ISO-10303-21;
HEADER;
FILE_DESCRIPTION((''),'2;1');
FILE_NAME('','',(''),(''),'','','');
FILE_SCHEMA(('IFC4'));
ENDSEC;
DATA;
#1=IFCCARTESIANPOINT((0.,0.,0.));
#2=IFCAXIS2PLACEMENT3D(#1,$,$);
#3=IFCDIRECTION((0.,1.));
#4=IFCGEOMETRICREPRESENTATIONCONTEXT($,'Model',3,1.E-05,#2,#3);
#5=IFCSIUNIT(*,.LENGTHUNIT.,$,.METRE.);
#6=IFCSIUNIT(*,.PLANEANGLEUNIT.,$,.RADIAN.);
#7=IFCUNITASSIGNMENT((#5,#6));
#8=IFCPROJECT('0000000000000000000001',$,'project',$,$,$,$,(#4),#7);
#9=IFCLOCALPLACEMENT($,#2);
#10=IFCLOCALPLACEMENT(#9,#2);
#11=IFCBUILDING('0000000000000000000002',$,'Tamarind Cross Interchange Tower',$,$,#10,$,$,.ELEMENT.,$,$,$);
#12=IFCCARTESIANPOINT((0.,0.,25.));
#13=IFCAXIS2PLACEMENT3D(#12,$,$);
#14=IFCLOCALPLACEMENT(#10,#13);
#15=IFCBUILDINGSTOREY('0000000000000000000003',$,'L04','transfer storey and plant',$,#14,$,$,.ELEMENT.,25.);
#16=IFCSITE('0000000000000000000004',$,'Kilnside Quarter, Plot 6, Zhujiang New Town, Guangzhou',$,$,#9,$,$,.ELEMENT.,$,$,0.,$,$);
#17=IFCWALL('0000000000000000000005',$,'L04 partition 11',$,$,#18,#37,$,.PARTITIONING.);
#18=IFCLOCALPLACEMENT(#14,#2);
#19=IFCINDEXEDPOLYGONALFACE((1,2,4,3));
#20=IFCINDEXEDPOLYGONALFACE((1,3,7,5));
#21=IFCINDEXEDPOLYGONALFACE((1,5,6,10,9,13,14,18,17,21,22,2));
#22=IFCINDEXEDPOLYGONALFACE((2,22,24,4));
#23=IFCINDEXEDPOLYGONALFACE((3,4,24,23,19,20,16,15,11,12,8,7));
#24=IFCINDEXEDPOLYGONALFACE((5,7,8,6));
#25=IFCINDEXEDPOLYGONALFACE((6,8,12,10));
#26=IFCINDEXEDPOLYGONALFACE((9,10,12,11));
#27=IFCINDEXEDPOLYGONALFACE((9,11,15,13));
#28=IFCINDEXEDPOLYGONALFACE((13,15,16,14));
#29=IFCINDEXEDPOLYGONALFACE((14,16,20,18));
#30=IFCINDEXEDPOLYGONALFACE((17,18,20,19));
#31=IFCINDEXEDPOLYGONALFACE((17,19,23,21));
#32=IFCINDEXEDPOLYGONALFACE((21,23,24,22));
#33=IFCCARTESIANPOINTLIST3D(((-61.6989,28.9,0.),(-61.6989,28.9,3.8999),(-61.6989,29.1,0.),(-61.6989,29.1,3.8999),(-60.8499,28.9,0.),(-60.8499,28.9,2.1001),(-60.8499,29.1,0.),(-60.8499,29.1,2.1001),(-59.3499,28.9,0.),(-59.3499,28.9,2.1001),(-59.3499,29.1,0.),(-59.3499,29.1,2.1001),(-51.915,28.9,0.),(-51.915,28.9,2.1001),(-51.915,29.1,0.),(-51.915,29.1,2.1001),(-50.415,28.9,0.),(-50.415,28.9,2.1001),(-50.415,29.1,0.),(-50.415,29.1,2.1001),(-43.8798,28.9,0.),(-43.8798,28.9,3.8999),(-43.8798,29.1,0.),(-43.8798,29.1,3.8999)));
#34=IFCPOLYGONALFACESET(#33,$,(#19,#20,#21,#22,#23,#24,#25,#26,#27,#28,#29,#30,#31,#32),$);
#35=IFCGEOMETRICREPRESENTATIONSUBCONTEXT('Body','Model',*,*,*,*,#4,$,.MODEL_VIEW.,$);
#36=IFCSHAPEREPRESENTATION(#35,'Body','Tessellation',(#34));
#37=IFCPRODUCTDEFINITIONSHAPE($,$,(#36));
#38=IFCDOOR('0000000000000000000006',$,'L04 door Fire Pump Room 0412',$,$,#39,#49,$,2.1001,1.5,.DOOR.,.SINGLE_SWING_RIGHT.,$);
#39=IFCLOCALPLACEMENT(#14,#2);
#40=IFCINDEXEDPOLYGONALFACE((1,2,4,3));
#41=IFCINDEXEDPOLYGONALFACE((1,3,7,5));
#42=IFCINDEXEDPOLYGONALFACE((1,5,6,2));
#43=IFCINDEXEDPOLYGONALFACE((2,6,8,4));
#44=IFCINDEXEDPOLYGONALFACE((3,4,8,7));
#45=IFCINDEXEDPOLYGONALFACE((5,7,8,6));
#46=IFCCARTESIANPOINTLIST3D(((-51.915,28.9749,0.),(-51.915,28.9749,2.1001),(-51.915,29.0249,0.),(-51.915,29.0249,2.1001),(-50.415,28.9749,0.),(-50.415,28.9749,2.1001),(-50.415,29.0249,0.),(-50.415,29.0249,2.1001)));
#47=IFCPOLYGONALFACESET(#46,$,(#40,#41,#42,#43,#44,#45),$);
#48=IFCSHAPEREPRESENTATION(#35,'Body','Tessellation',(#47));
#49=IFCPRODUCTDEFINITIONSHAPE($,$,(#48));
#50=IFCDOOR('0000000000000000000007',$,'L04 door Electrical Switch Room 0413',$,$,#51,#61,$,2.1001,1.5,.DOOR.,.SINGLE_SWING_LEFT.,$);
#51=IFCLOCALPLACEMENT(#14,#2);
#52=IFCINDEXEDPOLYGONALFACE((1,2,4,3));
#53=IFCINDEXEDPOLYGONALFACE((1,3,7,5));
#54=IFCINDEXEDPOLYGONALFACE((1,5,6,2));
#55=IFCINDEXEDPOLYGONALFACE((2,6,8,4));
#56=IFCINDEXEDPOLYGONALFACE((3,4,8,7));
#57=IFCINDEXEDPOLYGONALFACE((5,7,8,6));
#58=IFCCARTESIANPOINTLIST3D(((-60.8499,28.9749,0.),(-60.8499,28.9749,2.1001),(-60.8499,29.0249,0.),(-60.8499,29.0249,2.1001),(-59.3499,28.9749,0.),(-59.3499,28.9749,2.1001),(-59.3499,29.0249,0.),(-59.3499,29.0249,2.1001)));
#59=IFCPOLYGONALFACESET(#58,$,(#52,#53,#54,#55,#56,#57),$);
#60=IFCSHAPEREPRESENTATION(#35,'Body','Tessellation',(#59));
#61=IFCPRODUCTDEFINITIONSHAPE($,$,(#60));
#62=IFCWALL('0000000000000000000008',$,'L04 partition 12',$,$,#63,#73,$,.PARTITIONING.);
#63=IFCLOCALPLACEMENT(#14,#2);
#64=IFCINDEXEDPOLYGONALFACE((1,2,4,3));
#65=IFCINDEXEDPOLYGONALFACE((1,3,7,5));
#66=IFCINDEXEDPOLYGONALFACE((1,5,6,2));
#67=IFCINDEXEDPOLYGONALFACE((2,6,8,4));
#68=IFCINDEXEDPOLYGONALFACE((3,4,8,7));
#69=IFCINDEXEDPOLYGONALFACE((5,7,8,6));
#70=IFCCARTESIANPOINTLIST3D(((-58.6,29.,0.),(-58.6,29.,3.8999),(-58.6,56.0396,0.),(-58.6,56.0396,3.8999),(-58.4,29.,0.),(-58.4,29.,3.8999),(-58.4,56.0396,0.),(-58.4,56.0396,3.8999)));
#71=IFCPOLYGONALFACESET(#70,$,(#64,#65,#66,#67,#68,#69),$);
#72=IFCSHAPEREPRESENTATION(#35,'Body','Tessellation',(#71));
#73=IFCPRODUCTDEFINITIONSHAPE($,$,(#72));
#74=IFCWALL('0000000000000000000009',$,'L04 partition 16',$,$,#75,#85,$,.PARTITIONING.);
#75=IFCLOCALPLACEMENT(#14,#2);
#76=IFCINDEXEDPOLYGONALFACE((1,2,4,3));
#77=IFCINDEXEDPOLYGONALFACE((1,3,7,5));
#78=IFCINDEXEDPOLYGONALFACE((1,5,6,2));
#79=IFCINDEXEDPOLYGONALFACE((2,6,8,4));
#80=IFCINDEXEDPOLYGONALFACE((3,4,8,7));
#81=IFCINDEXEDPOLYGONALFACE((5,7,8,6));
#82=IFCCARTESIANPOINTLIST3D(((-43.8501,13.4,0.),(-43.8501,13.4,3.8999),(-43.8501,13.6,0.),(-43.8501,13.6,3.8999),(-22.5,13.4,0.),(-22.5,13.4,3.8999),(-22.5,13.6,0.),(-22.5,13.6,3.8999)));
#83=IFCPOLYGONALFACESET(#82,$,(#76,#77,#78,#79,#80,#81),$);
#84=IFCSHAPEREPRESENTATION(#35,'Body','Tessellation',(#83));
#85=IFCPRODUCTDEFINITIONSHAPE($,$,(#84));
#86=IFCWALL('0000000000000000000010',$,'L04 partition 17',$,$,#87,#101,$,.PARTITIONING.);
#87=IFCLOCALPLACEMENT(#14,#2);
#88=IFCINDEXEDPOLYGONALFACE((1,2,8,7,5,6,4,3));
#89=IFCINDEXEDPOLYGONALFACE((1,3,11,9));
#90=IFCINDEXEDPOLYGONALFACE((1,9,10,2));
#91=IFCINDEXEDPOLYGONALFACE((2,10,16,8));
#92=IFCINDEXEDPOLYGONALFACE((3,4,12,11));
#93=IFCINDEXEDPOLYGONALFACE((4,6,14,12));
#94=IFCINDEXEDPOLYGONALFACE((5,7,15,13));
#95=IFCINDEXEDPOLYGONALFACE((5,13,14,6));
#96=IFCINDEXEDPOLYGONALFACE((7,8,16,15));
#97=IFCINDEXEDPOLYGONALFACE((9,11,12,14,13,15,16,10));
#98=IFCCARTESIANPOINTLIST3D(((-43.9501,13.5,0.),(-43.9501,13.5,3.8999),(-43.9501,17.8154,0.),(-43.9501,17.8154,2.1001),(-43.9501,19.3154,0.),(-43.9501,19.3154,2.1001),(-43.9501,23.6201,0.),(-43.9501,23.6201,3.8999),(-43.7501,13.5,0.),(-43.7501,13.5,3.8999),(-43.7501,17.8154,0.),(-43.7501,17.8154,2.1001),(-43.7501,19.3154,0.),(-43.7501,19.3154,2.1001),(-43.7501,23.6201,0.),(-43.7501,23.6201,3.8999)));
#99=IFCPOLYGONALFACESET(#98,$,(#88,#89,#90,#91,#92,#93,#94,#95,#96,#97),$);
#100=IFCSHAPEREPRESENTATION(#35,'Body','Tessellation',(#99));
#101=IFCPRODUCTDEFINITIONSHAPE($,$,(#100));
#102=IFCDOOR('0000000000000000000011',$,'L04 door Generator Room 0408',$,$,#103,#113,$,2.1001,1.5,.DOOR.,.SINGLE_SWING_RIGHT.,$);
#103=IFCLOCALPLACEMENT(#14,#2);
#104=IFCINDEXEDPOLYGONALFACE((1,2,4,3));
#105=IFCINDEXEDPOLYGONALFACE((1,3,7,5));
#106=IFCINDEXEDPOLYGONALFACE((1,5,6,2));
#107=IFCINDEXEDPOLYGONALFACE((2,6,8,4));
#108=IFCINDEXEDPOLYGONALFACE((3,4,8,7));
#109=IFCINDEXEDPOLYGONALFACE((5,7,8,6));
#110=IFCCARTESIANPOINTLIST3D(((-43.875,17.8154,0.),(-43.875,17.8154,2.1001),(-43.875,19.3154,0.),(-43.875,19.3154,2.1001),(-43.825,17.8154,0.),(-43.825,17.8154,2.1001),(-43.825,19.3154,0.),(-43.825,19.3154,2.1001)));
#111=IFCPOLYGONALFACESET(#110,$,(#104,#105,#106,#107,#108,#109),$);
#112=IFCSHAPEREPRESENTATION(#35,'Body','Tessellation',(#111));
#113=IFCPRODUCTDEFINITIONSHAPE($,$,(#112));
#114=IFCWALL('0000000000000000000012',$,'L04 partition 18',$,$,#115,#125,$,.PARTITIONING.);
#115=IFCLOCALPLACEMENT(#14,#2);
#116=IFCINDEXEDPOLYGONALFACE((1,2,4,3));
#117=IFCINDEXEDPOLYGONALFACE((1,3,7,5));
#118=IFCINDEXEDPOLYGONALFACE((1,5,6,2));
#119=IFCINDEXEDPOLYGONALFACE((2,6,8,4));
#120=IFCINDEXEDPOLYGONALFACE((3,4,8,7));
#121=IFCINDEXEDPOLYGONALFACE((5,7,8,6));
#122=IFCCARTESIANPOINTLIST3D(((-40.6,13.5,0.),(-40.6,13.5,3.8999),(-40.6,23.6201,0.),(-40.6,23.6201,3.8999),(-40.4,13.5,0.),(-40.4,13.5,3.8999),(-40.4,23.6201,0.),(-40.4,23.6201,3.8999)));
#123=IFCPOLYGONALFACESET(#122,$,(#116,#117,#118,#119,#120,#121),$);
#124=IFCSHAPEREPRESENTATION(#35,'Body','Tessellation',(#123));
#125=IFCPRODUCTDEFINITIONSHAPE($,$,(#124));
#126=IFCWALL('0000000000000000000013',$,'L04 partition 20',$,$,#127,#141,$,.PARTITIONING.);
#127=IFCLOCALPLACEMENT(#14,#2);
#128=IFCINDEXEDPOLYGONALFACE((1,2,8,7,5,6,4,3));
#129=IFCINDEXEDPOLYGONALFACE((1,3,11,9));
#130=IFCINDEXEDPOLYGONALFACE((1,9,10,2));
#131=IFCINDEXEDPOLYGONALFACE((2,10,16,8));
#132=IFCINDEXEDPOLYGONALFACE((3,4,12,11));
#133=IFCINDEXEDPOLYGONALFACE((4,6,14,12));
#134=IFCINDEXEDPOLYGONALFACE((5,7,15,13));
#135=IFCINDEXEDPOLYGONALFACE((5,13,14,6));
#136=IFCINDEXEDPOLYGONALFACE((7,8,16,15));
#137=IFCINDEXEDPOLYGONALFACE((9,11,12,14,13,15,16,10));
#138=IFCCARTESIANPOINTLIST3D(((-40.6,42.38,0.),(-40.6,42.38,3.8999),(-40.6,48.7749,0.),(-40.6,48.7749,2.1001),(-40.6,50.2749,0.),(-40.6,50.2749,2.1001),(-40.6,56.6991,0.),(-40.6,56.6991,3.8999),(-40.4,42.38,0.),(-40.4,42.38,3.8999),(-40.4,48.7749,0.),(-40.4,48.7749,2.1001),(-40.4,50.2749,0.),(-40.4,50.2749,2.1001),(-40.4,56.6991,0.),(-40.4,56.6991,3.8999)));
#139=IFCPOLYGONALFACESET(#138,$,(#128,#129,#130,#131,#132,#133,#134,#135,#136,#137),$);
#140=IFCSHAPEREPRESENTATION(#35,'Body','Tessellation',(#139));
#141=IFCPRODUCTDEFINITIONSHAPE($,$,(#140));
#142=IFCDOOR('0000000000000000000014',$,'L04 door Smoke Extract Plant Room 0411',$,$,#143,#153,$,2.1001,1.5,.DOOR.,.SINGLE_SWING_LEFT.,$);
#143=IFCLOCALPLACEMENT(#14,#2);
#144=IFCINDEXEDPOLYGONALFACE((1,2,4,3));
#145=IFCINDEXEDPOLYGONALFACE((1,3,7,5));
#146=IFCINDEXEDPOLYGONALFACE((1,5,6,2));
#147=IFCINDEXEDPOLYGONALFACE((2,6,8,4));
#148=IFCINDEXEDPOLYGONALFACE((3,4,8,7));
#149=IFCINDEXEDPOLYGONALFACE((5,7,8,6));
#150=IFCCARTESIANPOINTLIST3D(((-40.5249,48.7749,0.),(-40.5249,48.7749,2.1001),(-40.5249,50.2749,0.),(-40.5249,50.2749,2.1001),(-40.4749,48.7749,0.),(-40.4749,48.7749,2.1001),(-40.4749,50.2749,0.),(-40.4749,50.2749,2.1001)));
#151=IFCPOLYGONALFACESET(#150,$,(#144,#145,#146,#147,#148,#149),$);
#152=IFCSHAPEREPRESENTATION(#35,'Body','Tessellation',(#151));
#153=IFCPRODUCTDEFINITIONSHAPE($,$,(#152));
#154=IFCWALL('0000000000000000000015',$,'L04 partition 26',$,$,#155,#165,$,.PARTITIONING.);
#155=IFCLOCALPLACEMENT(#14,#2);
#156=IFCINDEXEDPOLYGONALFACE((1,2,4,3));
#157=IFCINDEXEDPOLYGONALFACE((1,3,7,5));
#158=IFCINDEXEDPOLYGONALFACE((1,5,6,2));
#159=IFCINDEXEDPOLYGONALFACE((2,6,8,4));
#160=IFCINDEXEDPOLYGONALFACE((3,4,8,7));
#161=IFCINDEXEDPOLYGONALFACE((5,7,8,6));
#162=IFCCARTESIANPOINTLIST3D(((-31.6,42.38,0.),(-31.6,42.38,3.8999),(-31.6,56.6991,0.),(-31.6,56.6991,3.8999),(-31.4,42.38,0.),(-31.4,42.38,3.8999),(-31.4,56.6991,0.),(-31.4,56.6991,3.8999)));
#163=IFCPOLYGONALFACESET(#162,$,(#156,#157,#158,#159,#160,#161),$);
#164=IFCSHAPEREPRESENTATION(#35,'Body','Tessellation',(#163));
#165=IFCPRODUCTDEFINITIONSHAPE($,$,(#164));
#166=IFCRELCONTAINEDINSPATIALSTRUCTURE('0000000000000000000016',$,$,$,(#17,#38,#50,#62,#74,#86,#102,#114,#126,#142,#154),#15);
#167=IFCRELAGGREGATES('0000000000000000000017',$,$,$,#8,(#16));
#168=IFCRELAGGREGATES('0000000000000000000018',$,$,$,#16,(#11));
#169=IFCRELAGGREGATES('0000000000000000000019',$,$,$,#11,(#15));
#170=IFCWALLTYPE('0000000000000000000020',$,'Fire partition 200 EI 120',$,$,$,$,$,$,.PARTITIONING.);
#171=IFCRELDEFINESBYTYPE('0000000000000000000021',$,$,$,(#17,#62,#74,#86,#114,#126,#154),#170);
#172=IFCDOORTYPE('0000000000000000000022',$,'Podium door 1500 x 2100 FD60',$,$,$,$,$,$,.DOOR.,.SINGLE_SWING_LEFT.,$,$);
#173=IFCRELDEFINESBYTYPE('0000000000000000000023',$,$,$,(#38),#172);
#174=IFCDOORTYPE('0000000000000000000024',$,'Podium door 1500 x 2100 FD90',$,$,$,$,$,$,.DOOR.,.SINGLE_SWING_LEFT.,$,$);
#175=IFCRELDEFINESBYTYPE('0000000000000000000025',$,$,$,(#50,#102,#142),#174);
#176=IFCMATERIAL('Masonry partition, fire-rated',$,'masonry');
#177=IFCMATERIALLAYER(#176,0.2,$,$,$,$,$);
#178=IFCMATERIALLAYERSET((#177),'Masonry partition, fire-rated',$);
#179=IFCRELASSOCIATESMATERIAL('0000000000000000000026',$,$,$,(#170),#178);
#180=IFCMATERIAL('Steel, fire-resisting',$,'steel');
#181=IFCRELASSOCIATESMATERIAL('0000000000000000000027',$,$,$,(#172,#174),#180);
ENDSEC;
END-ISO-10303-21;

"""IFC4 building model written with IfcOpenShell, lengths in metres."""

from ifc_helpers import new_model, si_unit, direction, frame, frame_2d, origin, place, context, subcontext, project, spatial, rectangle, extrude, material, layer, layer_set, type_object, element, fill, save


model = new_model("IFC4")

# Units and contexts
model_context = context("Model", 3, precision=1e-05, world=origin(), true_north=direction((0.0, 1.0)))
body_context = subcontext(model_context, "Body", "Model", "MODEL_VIEW")
ifc_project = project(units=[si_unit("LENGTHUNIT", "METRE"), si_unit("PLANEANGLEUNIT", "RADIAN")], contexts=[model_context])

# Site, building, storey
site_placement = place(None, origin())
site = spatial("IfcSite", under=ifc_project, at=site_placement, Name="Kilnside Quarter, Plot 6, Zhujiang New Town, Guangzhou", CompositionType="ELEMENT", RefElevation=0.0)
building_placement = place(site_placement, origin())
building = spatial("IfcBuilding", under=site, at=building_placement, Name="Tamarind Cross Interchange Tower", CompositionType="ELEMENT")
storey_placement = place(building_placement, frame((0.0, 0.0, 25.0)))
storey = spatial("IfcBuildingStorey", under=building, at=storey_placement, Name="L04", Description="transfer storey and plant", CompositionType="ELEMENT", Elevation=25.0)

# Shared definitions
ifc_material_1 = material(Name="Masonry partition, fire-rated", Category="masonry")
ifc_layer_1 = layer(ifc_material_1, 0.2)
ifc_layer_set_1 = layer_set([ifc_layer_1], Name="Masonry partition, fire-rated")
wall_type_1 = type_object("IfcWallType", Name="Fire partition 200 EI 120", PredefinedType="PARTITIONING", material=ifc_layer_set_1)

# Wall, openings, doors
wall_1_placement = place(storey_placement, frame((-61.699, 29.0, 0.0), z_axis=(0.0, 0.0, 1.0), x_axis=(1.0, 0.0, 0.0)))
wall_1 = element("IfcWall", 1, at=wall_1_placement, inside=storey, type_object=wall_type_1, Name="L04 partition 11", PredefinedType="PARTITIONING", context=body_context, shape_type="SweptSolid", body=[
    extrude(rectangle(XDim=17.8191, YDim=0.2, at=frame_2d((8.9097, 0.0))), origin(), (0.0, 0.0, 1.0), 3.8999),
])
opening_1_placement = place(wall_1_placement, frame((9.7839, 0.0, 0.0)))
opening_1 = element("IfcOpeningElement", 2, at=opening_1_placement, cuts=wall_1, PredefinedType="OPENING", context=body_context, shape_type="SweptSolid", body=[
    extrude(rectangle(XDim=1.5, YDim=2.1001, at=frame_2d((0.75, 1.05))), frame((0.0, 0.1099, 0.0), z_axis=(0.0, -1.0, 0.0), x_axis=(1.0, 0.0, 0.0)), (0.0, 0.0, 1.0), 0.22),
])
opening_2_placement = place(wall_1_placement, frame((0.8491, 0.0, 0.0)))
opening_2 = element("IfcOpeningElement", 3, at=opening_2_placement, cuts=wall_1, PredefinedType="OPENING", context=body_context, shape_type="SweptSolid", body=[
    extrude(rectangle(XDim=1.5, YDim=2.1001, at=frame_2d((0.75, 1.05))), frame((0.0, 0.1099, 0.0), z_axis=(0.0, -1.0, 0.0), x_axis=(1.0, 0.0, 0.0)), (0.0, 0.0, 1.0), 0.22),
])
ifc_material_2 = material(Name="Steel, fire-resisting", Category="steel")
door_type_1 = type_object("IfcDoorType", Name="Podium door 1500 x 2100 FD60", OperationType="SINGLE_SWING_LEFT", PredefinedType="DOOR", material=ifc_material_2)
door_1_placement = place(opening_1_placement, origin())
door_1 = element("IfcDoor", 4, at=door_1_placement, inside=storey, type_object=door_type_1, Name="L04 door Fire Pump Room 0412", OperationType="SINGLE_SWING_RIGHT", OverallHeight=2.1001, OverallWidth=1.5, PredefinedType="DOOR", context=body_context, shape_type="SweptSolid", body=[
    extrude(rectangle(XDim=1.5, YDim=2.1001, at=frame_2d((0.75, 1.05))), frame((0.0, 0.0249, 0.0), z_axis=(0.0, -1.0, 0.0), x_axis=(1.0, 0.0, 0.0)), (0.0, 0.0, 1.0), 0.05),
])
fill(opening_1, door_1)
door_type_2 = type_object("IfcDoorType", Name="Podium door 1500 x 2100 FD90", OperationType="SINGLE_SWING_LEFT", PredefinedType="DOOR", material=ifc_material_2)
door_2_placement = place(opening_2_placement, origin())
door_2 = element("IfcDoor", 5, at=door_2_placement, inside=storey, type_object=door_type_2, Name="L04 door Electrical Switch Room 0413", OperationType="SINGLE_SWING_LEFT", OverallHeight=2.1001, OverallWidth=1.5, PredefinedType="DOOR", context=body_context, shape_type="SweptSolid", body=[
    extrude(rectangle(XDim=1.5, YDim=2.1001, at=frame_2d((0.75, 1.05))), frame((0.0, 0.0249, 0.0), z_axis=(0.0, -1.0, 0.0), x_axis=(1.0, 0.0, 0.0)), (0.0, 0.0, 1.0), 0.05),
])
fill(opening_2, door_2)

# Walls
wall_2_placement = place(storey_placement, frame((-58.5, 29.0, 0.0), z_axis=(0.0, 0.0, 1.0), x_axis=(0.0, 1.0, 0.0)))
element("IfcWall", 6, at=wall_2_placement, inside=storey, type_object=wall_type_1, Name="L04 partition 12", PredefinedType="PARTITIONING", context=body_context, shape_type="SweptSolid", body=[
    extrude(rectangle(XDim=27.0396, YDim=0.2, at=frame_2d((13.5198, 0.0))), origin(), (0.0, 0.0, 1.0), 3.8999),
])
wall_3_placement = place(storey_placement, frame((-43.8501, 13.5, 0.0), z_axis=(0.0, 0.0, 1.0), x_axis=(1.0, 0.0, 0.0)))
element("IfcWall", 7, at=wall_3_placement, inside=storey, type_object=wall_type_1, Name="L04 partition 16", PredefinedType="PARTITIONING", context=body_context, shape_type="SweptSolid", body=[
    extrude(rectangle(XDim=21.3501, YDim=0.2, at=frame_2d((10.675, 0.0))), origin(), (0.0, 0.0, 1.0), 3.8999),
])

# Wall, opening, door
wall_4_placement = place(storey_placement, frame((-43.8501, 13.5, 0.0), z_axis=(0.0, 0.0, 1.0), x_axis=(0.0, 1.0, 0.0)))
wall_4 = element("IfcWall", 8, at=wall_4_placement, inside=storey, type_object=wall_type_1, Name="L04 partition 17", PredefinedType="PARTITIONING", context=body_context, shape_type="SweptSolid", body=[
    extrude(rectangle(XDim=10.1201, YDim=0.2, at=frame_2d((5.0601, 0.0))), origin(), (0.0, 0.0, 1.0), 3.8999),
])
opening_3_placement = place(wall_4_placement, frame((4.3154, 0.0, 0.0)))
opening_3 = element("IfcOpeningElement", 9, at=opening_3_placement, cuts=wall_4, PredefinedType="OPENING", context=body_context, shape_type="SweptSolid", body=[
    extrude(rectangle(XDim=1.5, YDim=2.1001, at=frame_2d((0.75, 1.05))), frame((0.0, 0.1099, 0.0), z_axis=(0.0, -1.0, 0.0), x_axis=(1.0, 0.0, 0.0)), (0.0, 0.0, 1.0), 0.22),
])
door_3_placement = place(opening_3_placement, origin())
door_3 = element("IfcDoor", 10, at=door_3_placement, inside=storey, type_object=door_type_2, Name="L04 door Generator Room 0408", OperationType="SINGLE_SWING_RIGHT", OverallHeight=2.1001, OverallWidth=1.5, PredefinedType="DOOR", context=body_context, shape_type="SweptSolid", body=[
    extrude(rectangle(XDim=1.5, YDim=2.1001, at=frame_2d((0.75, 1.05))), frame((0.0, 0.0249, 0.0), z_axis=(0.0, -1.0, 0.0), x_axis=(1.0, 0.0, 0.0)), (0.0, 0.0, 1.0), 0.05),
])
fill(opening_3, door_3)

# Wall
wall_5_placement = place(storey_placement, frame((-40.5, 13.5, 0.0), z_axis=(0.0, 0.0, 1.0), x_axis=(0.0, 1.0, 0.0)))
element("IfcWall", 11, at=wall_5_placement, inside=storey, type_object=wall_type_1, Name="L04 partition 18", PredefinedType="PARTITIONING", context=body_context, shape_type="SweptSolid", body=[
    extrude(rectangle(XDim=10.1201, YDim=0.2, at=frame_2d((5.0601, 0.0))), origin(), (0.0, 0.0, 1.0), 3.8999),
])

# Wall, opening, door
wall_6_placement = place(storey_placement, frame((-40.5, 42.3799, 0.0), z_axis=(0.0, 0.0, 1.0), x_axis=(0.0, 1.0, 0.0)))
wall_6 = element("IfcWall", 12, at=wall_6_placement, inside=storey, type_object=wall_type_1, Name="L04 partition 20", PredefinedType="PARTITIONING", context=body_context, shape_type="SweptSolid", body=[
    extrude(rectangle(XDim=14.3191, YDim=0.2, at=frame_2d((7.1597, 0.0))), origin(), (0.0, 0.0, 1.0), 3.8999),
])
opening_4_placement = place(wall_6_placement, frame((6.395, 0.0, 0.0)))
opening_4 = element("IfcOpeningElement", 13, at=opening_4_placement, cuts=wall_6, PredefinedType="OPENING", context=body_context, shape_type="SweptSolid", body=[
    extrude(rectangle(XDim=1.5, YDim=2.1001, at=frame_2d((0.75, 1.05))), frame((0.0, 0.1099, 0.0), z_axis=(0.0, -1.0, 0.0), x_axis=(1.0, 0.0, 0.0)), (0.0, 0.0, 1.0), 0.22),
])
door_4_placement = place(opening_4_placement, origin())
door_4 = element("IfcDoor", 14, at=door_4_placement, inside=storey, type_object=door_type_2, Name="L04 door Smoke Extract Plant Room 0411", OperationType="SINGLE_SWING_LEFT", OverallHeight=2.1001, OverallWidth=1.5, PredefinedType="DOOR", context=body_context, shape_type="SweptSolid", body=[
    extrude(rectangle(XDim=1.5, YDim=2.1001, at=frame_2d((0.75, 1.05))), frame((0.0, 0.0249, 0.0), z_axis=(0.0, -1.0, 0.0), x_axis=(1.0, 0.0, 0.0)), (0.0, 0.0, 1.0), 0.05),
])
fill(opening_4, door_4)

# Wall
wall_7_placement = place(storey_placement, frame((-31.5, 42.3799, 0.0), z_axis=(0.0, 0.0, 1.0), x_axis=(0.0, 1.0, 0.0)))
element("IfcWall", 15, at=wall_7_placement, inside=storey, type_object=wall_type_1, Name="L04 partition 26", PredefinedType="PARTITIONING", context=body_context, shape_type="SweptSolid", body=[
    extrude(rectangle(XDim=14.3191, YDim=0.2, at=frame_2d((7.1597, 0.0))), origin(), (0.0, 0.0, 1.0), 3.8999),
])

save(model, "model.ifc")
